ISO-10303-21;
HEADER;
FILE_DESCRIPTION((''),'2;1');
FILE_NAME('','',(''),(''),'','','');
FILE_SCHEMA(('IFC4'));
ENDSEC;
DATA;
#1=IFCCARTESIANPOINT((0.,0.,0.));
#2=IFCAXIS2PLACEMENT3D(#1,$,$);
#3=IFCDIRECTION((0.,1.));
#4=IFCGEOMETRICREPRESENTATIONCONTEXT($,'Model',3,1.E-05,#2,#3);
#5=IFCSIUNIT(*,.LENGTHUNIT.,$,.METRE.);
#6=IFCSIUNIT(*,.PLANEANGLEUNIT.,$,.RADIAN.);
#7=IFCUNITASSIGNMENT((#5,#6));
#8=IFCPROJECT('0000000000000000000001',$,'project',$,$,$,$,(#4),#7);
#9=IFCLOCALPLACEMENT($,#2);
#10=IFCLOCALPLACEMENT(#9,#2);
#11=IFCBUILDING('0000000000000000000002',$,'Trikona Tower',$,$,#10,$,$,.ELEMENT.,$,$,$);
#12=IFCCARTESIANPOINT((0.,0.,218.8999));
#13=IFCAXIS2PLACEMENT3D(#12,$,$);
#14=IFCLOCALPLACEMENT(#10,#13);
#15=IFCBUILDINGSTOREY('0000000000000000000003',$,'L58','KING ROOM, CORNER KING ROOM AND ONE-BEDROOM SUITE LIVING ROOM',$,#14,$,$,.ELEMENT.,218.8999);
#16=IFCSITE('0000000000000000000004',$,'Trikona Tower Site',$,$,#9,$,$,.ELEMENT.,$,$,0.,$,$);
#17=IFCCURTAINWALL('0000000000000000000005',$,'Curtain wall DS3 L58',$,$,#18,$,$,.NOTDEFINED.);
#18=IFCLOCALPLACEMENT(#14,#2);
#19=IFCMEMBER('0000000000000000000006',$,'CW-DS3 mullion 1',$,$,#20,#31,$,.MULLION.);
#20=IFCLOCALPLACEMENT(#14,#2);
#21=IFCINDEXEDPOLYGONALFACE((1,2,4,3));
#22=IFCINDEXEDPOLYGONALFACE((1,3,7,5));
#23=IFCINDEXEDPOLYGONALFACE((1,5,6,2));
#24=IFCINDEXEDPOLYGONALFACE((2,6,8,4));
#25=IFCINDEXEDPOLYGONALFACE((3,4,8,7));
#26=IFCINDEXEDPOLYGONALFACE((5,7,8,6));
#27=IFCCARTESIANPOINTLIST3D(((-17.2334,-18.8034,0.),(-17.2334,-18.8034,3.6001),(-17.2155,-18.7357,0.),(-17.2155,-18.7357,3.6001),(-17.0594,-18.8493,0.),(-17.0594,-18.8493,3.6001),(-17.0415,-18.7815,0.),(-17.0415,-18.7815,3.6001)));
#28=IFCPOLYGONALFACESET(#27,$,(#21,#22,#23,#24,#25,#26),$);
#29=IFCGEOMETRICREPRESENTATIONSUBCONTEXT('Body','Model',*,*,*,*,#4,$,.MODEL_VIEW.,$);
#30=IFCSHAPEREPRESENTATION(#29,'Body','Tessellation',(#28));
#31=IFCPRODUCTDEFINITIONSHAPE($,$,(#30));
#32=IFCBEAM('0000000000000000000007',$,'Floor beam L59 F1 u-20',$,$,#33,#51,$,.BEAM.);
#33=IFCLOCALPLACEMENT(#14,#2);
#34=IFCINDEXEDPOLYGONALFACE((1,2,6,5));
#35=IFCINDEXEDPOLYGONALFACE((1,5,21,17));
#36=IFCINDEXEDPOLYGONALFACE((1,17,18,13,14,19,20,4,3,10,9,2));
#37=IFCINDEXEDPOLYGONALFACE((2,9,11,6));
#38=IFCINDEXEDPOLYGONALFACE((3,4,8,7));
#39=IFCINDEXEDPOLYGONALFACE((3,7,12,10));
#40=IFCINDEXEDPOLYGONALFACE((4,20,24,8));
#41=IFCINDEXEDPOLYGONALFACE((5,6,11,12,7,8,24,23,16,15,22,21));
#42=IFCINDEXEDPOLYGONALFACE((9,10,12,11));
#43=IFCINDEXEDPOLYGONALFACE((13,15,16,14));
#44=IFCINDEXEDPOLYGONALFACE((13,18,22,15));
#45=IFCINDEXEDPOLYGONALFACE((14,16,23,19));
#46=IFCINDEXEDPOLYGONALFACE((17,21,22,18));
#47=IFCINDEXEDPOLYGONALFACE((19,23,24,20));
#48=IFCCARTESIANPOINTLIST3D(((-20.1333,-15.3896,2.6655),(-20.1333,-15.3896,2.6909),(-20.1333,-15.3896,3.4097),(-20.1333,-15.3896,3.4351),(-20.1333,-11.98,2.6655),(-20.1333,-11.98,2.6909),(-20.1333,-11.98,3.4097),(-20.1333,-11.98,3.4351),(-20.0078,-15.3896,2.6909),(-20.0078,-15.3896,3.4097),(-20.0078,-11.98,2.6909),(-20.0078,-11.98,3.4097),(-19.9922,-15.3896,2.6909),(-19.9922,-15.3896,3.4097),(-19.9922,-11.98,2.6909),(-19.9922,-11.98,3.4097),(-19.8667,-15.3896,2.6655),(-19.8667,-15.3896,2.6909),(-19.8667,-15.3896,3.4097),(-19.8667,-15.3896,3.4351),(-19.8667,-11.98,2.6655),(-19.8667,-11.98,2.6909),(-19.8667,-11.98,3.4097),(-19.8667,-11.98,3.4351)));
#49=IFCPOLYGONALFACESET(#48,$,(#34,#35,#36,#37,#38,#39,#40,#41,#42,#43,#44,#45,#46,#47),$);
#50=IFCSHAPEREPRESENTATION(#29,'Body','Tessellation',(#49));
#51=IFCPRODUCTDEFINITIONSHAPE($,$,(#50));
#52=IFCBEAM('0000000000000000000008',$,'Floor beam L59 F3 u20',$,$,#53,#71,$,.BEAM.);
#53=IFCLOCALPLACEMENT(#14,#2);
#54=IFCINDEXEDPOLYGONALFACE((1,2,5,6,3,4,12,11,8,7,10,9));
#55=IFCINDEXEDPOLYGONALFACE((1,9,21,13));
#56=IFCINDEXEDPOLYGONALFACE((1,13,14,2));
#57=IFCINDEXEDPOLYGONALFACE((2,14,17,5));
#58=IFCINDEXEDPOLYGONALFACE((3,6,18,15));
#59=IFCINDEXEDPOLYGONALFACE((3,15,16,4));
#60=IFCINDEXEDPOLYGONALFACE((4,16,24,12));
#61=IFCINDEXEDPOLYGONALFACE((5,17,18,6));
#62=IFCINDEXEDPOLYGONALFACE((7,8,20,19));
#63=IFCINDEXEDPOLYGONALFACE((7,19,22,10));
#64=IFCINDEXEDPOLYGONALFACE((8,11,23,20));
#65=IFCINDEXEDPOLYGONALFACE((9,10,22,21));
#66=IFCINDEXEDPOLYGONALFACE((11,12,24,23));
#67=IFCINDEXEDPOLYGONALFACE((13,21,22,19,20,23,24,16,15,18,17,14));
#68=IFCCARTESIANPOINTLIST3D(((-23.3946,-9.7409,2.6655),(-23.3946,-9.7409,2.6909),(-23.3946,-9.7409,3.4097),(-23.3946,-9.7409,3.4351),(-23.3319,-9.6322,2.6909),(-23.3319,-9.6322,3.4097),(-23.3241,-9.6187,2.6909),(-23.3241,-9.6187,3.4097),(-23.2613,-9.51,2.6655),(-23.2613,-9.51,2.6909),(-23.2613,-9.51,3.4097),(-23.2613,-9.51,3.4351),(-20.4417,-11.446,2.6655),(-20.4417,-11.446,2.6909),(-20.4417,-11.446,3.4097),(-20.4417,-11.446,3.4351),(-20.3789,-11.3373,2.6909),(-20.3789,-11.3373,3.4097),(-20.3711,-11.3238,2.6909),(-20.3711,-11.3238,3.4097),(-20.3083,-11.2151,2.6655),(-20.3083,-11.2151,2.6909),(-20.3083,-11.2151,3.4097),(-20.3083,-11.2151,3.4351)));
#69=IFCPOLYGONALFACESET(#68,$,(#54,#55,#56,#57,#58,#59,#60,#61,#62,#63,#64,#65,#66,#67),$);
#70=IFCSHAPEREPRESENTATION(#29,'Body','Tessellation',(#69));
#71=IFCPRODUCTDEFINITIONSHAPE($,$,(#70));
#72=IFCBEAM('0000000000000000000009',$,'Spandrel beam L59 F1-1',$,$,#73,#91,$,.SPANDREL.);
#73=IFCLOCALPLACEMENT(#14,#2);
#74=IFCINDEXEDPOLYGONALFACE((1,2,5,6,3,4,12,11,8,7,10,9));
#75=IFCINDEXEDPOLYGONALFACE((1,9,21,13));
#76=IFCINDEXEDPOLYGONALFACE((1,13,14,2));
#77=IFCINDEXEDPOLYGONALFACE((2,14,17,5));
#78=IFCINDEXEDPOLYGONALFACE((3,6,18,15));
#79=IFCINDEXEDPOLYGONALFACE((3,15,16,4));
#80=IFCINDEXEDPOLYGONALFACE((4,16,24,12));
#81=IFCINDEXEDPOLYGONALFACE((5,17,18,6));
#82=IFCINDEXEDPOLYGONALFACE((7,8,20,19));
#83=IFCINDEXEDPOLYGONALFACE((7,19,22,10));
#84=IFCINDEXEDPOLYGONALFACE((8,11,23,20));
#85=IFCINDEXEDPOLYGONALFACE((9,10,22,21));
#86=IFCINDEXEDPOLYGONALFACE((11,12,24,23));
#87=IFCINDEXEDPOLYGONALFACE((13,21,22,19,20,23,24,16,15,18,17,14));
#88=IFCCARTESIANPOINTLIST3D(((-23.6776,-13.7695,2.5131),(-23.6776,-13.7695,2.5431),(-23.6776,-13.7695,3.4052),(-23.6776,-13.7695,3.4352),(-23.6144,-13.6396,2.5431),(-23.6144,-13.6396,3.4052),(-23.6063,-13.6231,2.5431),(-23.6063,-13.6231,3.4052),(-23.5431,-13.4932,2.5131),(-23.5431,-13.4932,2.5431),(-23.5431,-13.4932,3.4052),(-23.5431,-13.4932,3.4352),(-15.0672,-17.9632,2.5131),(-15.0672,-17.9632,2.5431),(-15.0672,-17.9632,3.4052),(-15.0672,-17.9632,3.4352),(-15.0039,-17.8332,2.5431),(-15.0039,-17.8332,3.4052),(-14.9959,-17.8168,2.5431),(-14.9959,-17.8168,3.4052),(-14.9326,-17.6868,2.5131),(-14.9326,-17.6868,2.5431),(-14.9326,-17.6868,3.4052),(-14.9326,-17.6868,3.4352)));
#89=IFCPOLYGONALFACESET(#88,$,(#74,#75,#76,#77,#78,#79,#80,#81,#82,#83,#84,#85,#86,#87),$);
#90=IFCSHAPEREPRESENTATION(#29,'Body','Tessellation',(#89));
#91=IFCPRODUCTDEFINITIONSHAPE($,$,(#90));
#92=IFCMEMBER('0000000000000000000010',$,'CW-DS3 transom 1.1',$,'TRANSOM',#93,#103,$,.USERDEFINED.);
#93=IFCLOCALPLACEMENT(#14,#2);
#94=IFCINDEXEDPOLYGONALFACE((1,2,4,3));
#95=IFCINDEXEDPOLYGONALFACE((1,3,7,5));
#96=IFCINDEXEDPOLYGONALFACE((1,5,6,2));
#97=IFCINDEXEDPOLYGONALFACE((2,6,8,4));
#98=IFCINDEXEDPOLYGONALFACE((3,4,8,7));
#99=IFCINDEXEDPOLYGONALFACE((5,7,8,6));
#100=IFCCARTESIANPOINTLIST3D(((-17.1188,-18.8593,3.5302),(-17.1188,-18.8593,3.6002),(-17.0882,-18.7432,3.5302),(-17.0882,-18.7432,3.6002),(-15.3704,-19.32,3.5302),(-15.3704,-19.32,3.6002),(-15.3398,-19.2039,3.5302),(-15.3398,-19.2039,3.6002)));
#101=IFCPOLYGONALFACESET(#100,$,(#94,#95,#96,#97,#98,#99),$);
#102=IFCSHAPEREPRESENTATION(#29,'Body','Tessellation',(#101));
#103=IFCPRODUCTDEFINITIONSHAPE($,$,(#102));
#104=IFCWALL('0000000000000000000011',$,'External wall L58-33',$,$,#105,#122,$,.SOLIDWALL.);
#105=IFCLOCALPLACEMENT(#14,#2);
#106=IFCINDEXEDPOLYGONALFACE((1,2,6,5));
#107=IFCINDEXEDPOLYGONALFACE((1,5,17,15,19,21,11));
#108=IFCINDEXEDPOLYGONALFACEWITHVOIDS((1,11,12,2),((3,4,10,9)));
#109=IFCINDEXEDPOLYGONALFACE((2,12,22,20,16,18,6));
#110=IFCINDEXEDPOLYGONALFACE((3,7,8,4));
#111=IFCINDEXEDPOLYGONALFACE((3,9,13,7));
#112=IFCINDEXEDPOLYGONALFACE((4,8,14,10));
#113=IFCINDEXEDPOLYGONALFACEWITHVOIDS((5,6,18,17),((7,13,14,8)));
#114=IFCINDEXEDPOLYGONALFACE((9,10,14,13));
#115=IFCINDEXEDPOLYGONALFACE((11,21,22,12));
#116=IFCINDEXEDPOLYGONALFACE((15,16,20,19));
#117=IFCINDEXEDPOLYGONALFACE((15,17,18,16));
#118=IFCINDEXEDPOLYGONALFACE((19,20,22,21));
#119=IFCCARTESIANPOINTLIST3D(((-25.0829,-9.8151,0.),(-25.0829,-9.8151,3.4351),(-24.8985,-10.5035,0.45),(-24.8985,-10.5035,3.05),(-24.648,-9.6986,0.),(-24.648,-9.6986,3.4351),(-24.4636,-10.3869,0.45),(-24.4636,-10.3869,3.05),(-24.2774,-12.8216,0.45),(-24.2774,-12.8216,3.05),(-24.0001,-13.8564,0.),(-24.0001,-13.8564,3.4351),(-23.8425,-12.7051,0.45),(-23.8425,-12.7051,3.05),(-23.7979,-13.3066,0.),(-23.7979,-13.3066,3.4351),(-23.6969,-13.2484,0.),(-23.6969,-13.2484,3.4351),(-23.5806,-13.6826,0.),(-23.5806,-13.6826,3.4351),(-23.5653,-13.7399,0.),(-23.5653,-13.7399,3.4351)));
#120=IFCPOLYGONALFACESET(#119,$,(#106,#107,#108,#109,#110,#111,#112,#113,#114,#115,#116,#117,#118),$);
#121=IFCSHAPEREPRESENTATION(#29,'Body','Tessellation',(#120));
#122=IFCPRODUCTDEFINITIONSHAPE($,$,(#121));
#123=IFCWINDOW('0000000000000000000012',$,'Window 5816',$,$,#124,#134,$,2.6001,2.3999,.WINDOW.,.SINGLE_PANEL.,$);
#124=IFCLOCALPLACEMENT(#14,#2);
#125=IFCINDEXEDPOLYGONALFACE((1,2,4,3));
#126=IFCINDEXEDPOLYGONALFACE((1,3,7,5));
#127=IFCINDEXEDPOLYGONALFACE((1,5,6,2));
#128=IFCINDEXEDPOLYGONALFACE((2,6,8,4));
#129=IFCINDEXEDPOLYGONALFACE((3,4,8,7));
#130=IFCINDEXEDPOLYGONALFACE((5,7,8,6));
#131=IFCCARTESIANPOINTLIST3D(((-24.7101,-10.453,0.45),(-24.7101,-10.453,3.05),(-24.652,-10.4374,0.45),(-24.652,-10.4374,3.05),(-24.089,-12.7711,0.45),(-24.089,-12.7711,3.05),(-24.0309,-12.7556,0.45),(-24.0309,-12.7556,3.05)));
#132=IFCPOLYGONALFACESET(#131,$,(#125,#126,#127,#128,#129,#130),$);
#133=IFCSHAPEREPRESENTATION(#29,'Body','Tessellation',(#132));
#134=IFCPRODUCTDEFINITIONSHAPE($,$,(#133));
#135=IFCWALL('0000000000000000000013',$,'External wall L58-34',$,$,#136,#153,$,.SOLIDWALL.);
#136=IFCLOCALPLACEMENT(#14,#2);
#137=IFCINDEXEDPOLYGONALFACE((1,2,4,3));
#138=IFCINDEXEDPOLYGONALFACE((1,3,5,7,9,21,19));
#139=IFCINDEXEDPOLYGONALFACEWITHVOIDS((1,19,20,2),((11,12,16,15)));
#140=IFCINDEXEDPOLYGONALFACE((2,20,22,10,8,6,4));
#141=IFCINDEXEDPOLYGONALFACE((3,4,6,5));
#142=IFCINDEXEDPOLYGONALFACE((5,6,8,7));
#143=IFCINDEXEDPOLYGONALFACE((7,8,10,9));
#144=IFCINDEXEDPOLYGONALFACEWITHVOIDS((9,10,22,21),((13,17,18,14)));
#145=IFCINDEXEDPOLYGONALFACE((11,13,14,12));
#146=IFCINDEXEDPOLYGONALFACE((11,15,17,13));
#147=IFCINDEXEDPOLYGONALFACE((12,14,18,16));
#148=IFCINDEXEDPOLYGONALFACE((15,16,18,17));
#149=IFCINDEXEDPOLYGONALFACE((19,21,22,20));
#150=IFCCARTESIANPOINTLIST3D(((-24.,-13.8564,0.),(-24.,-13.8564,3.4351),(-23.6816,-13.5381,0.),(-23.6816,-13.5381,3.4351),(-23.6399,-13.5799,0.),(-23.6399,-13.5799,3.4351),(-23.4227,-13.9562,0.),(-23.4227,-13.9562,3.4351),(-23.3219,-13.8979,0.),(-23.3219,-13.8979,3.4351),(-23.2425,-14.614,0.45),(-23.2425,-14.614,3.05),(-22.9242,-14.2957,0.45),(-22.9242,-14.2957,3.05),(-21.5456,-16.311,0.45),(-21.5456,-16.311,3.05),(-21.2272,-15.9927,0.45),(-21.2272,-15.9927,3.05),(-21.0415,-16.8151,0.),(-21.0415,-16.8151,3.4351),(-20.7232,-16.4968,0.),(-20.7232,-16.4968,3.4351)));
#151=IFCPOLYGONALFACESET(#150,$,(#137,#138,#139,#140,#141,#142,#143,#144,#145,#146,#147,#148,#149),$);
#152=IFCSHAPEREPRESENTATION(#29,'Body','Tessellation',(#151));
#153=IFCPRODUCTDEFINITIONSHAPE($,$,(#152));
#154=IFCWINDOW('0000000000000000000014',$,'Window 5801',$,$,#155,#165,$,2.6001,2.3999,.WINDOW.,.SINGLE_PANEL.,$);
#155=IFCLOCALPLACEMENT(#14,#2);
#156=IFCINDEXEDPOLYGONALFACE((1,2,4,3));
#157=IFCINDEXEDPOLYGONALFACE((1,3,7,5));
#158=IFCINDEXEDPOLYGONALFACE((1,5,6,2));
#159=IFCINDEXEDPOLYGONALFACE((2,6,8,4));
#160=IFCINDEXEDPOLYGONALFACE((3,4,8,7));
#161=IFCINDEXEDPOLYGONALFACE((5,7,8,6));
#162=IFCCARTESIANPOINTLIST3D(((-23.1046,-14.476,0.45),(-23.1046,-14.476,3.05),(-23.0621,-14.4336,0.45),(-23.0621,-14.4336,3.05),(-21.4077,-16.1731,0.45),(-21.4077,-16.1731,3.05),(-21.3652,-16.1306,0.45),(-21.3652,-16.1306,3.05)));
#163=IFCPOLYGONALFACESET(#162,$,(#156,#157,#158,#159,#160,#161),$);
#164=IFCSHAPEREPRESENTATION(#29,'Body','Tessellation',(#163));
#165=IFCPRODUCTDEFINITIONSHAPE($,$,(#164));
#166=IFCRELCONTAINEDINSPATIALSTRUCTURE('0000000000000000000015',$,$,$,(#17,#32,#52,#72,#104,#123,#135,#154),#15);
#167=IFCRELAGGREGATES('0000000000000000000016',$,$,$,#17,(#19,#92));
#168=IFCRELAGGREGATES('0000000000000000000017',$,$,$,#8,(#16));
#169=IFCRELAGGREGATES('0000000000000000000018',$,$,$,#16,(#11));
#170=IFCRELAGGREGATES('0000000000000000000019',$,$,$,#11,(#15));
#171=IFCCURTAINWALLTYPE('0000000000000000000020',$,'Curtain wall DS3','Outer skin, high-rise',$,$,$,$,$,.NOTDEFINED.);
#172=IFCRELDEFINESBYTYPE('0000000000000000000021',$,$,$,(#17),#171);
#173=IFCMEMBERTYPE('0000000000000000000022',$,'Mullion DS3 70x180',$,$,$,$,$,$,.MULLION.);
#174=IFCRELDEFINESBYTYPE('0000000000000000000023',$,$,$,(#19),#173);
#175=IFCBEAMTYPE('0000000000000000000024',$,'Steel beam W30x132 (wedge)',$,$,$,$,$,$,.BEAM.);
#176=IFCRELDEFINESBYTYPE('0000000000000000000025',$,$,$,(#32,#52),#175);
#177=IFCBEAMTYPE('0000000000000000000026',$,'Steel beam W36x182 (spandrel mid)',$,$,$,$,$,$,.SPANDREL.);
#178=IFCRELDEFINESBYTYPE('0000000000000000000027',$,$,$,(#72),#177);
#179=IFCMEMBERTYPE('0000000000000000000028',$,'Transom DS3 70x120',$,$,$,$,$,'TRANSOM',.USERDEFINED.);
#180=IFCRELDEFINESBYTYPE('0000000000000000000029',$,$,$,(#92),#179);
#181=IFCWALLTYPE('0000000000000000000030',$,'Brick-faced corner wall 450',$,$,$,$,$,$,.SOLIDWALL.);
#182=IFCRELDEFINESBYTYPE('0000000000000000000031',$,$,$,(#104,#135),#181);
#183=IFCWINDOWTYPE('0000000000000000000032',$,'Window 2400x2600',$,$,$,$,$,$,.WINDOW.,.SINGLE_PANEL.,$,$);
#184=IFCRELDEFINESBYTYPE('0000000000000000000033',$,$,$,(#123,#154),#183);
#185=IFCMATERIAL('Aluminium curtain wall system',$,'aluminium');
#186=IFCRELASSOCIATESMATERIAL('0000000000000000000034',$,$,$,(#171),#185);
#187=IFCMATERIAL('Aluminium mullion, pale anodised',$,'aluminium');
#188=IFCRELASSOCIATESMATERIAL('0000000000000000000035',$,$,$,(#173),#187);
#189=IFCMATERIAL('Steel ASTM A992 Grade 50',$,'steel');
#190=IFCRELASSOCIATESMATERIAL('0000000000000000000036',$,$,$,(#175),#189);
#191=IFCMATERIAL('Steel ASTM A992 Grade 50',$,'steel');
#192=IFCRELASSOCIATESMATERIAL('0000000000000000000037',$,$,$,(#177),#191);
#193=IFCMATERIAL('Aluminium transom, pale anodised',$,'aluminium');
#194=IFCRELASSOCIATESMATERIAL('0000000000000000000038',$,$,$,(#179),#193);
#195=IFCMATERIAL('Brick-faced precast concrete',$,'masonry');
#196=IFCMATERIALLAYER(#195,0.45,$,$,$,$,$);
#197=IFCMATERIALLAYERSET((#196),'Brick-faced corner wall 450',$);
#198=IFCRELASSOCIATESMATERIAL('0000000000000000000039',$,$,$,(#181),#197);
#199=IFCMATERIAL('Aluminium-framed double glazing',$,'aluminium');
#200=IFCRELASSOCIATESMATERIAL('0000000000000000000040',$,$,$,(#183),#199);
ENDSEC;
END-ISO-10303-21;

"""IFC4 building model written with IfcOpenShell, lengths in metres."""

from ifc_helpers import new_model, si_unit, direction, frame, frame_2d, origin, origin_2d, place, context, subcontext, project, spatial, polyline, rectangle, i_section, outline, extrude, material, layer, layer_set, material_profile, profile_set, type_object, element, fill, aggregate, save


model = new_model("IFC4")

# Units and contexts
model_context = context("Model", 3, precision=1e-05, world=origin(), true_north=direction((0.0, 1.0)))
body_context = subcontext(model_context, "Body", "Model", "MODEL_VIEW")
ifc_project = project(units=[si_unit("LENGTHUNIT", "METRE"), si_unit("PLANEANGLEUNIT", "RADIAN")], contexts=[model_context])

# Site, building, storey
site_placement = place(None, origin())
site = spatial("IfcSite", under=ifc_project, at=site_placement, Name="Trikona Tower Site", CompositionType="ELEMENT", RefElevation=0.0)
building_placement = place(site_placement, origin())
building = spatial("IfcBuilding", under=site, at=building_placement, Name="Trikona Tower", CompositionType="ELEMENT")
storey_placement = place(building_placement, frame((0.0, 0.0, 218.8999)))
storey = spatial("IfcBuildingStorey", under=building, at=storey_placement, Name="L58", Description="KING ROOM, CORNER KING ROOM AND ONE-BEDROOM SUITE LIVING ROOM", CompositionType="ELEMENT", Elevation=218.8999)

# Curtain wall, member
ifc_material_1 = material(Name="Aluminium curtain wall system", Category="aluminium")
curtain_wall_type = type_object("IfcCurtainWallType", Name="Curtain wall DS3", Description="Outer skin, high-rise", PredefinedType="NOTDEFINED", material=ifc_material_1)
curtain_wall_placement = place(storey_placement, origin())
curtain_wall = element("IfcCurtainWall", 1, at=curtain_wall_placement, inside=storey, type_object=curtain_wall_type, Name="Curtain wall DS3 L58", PredefinedType="NOTDEFINED")
ifc_material_2 = material(Name="Aluminium mullion, pale anodised", Category="aluminium")
ifc_material_profile_1 = material_profile(ifc_material_2, rectangle(XDim=0.0701, YDim=0.1799, at=origin_2d()), Name="MUL-DS3")
ifc_profile_set_1 = profile_set([ifc_material_profile_1], Name="Aluminium mullion, pale anodised")
member_type_1 = type_object("IfcMemberType", Name="Mullion DS3 70x180", PredefinedType="MULLION", material=ifc_profile_set_1)
member_1_placement = place(storey_placement, frame((-17.1375, -18.7925, 0.0), z_axis=(0.0, 0.0, 1.0), x_axis=(0.254786, 0.966997, 0.0)))
member_1 = element("IfcMember", 2, at=member_1_placement, type_object=member_type_1, Name="CW-DS3 mullion 1", PredefinedType="MULLION", context=body_context, shape_type="SweptSolid", body=[
    extrude(rectangle(XDim=0.0701, YDim=0.1799, at=origin_2d()), origin(), (0.0, 0.0, 1.0), 3.6001),
])

# Beams
ifc_material_3 = material(Name="Steel ASTM A992 Grade 50", Category="steel")
ifc_material_profile_2 = material_profile(ifc_material_3, i_section(OverallWidth=0.2666, OverallDepth=0.7695, WebThickness=0.0156, FlangeThickness=0.0254, at=origin_2d()), Name="W30X132")
ifc_profile_set_2 = profile_set([ifc_material_profile_2], Name="Steel ASTM A992 Grade 50")
beam_type_1 = type_object("IfcBeamType", Name="Steel beam W30x132 (wedge)", PredefinedType="BEAM", material=ifc_profile_set_2)
beam_1_placement = place(storey_placement, frame((-20.0, -11.98, 3.0503), z_axis=(0.0, -1.0, 0.0), x_axis=(1.0, 0.0, 0.0)))
element("IfcBeam", 3, at=beam_1_placement, inside=storey, type_object=beam_type_1, Name="Floor beam L59 F1 u-20", PredefinedType="BEAM", context=body_context, shape_type="SweptSolid", body=[
    extrude(i_section(OverallWidth=0.2666, OverallDepth=0.7695, WebThickness=0.0156, FlangeThickness=0.0254, at=origin_2d()), origin(), (0.0, 0.0, 1.0), 3.4097),
])
beam_2_placement = place(storey_placement, frame((-20.375, -11.3306, 3.0503), z_axis=(-0.865996, 0.500051, 0.0), x_axis=(-0.500051, -0.865996, 0.0)))
element("IfcBeam", 4, at=beam_2_placement, inside=storey, type_object=beam_type_1, Name="Floor beam L59 F3 u20", PredefinedType="BEAM", context=body_context, shape_type="SweptSolid", body=[
    extrude(i_section(OverallWidth=0.2666, OverallDepth=0.7695, WebThickness=0.0156, FlangeThickness=0.0254, at=origin_2d()), origin(), (0.0, 0.0, 1.0), 3.4099),
])
ifc_material_4 = material(Name="Steel ASTM A992 Grade 50", Category="steel")
ifc_material_profile_3 = material_profile(ifc_material_4, i_section(OverallWidth=0.3074, OverallDepth=0.9221, WebThickness=0.0183, FlangeThickness=0.03, at=origin_2d()), Name="W36X182")
ifc_profile_set_3 = profile_set([ifc_material_profile_3], Name="Steel ASTM A992 Grade 50")
beam_type_2 = type_object("IfcBeamType", Name="Steel beam W36x182 (spandrel mid)", PredefinedType="SPANDREL", material=ifc_profile_set_3)
beam_3_placement = place(storey_placement, frame((-23.6104, -13.6313, 2.9741), z_axis=(0.899039, -0.43787, 0.0), x_axis=(0.43787, 0.899039, 0.0)))
element("IfcBeam", 5, at=beam_3_placement, inside=storey, type_object=beam_type_2, Name="Spandrel beam L59 F1-1", PredefinedType="SPANDREL", context=body_context, shape_type="SweptSolid", body=[
    extrude(i_section(OverallWidth=0.3074, OverallDepth=0.9221, WebThickness=0.0183, FlangeThickness=0.03, at=origin_2d()), origin(), (0.0, 0.0, 1.0), 9.5774),
])

# Member
ifc_material_5 = material(Name="Aluminium transom, pale anodised", Category="aluminium")
ifc_material_profile_4 = material_profile(ifc_material_5, rectangle(XDim=0.1201, YDim=0.0701, at=origin_2d()), Name="TRN-DS3")
ifc_profile_set_4 = profile_set([ifc_material_profile_4], Name="Aluminium transom, pale anodised")
member_type_2 = type_object("IfcMemberType", Name="Transom DS3 70x120", ElementType="TRANSOM", PredefinedType="USERDEFINED", material=ifc_profile_set_4)
member_2_placement = place(storey_placement, frame((-17.1035, -18.8013, 3.5652), z_axis=(0.966999, -0.254779, 0.0), x_axis=(0.254779, 0.966999, 0.0)))
member_2 = element("IfcMember", 6, at=member_2_placement, type_object=member_type_2, Name="CW-DS3 transom 1.1", ObjectType="TRANSOM", PredefinedType="USERDEFINED", context=body_context, shape_type="SweptSolid", body=[
    extrude(rectangle(XDim=0.1201, YDim=0.0701, at=origin_2d()), origin(), (0.0, 0.0, 1.0), 1.8081),
])
aggregate(curtain_wall, [member_1, member_2])

# Walls, openings, windows
ifc_material_6 = material(Name="Brick-faced precast concrete", Category="masonry")
ifc_layer_1 = layer(ifc_material_6, 0.45)
ifc_layer_set_1 = layer_set([ifc_layer_1], Name="Brick-faced corner wall 450")
wall_type_1 = type_object("IfcWallType", Name="Brick-faced corner wall 450", PredefinedType="SOLIDWALL", material=ifc_layer_set_1)
wall_1_placement = place(storey_placement, frame((-24.8655, -9.7568, 0.0), z_axis=(0.0, 0.0, 1.0), x_axis=(0.258799, -0.965931, 0.0)))
wall_1 = element("IfcWall", 7, at=wall_1_placement, inside=storey, type_object=wall_type_1, Name="External wall L58-33", PredefinedType="SOLIDWALL", context=body_context, shape_type="SweptSolid", body=[
    extrude(outline(polyline([(4.1838, 0.2251), (4.1245, 0.2251), (3.7051, 0.1125), (3.675, 0.2251), (0.0, 0.2251), (0.0, -0.2251), (4.1838, -0.2251), (4.1838, 0.2251)])), origin(), (0.0, 0.0, 1.0), 3.4351),
])
opening_1_placement = place(wall_1_placement, frame((0.7126, 0.0, 0.45)))
opening_1 = element("IfcOpeningElement", 8, at=opening_1_placement, cuts=wall_1, PredefinedType="OPENING", context=body_context, shape_type="SweptSolid", body=[
    extrude(rectangle(XDim=2.3999, YDim=2.6001, at=frame_2d((1.2, 1.3))), frame((0.0, 0.2349, 0.0), z_axis=(0.0, -1.0, 0.0), x_axis=(1.0, 0.0, 0.0)), (0.0, 0.0, 1.0), 0.47),
])
ifc_material_7 = material(Name="Aluminium-framed double glazing", Category="aluminium")
window_type_1 = type_object("IfcWindowType", Name="Window 2400x2600", PartitioningType="SINGLE_PANEL", PredefinedType="WINDOW", material=ifc_material_7)
window_1_placement = place(opening_1_placement, origin())
window_1 = element("IfcWindow", 9, at=window_1_placement, inside=storey, type_object=window_type_1, Name="Window 5816", OverallHeight=2.6001, OverallWidth=2.3999, PartitioningType="SINGLE_PANEL", PredefinedType="WINDOW", context=body_context, shape_type="SweptSolid", body=[
    extrude(rectangle(XDim=2.3999, YDim=2.6001, at=frame_2d((1.2, 1.3))), frame((0.0, 0.03, 0.0), z_axis=(0.0, -1.0, 0.0), x_axis=(1.0, 0.0, 0.0)), (0.0, 0.0, 1.0), 0.0601),
])
fill(opening_1, window_1)
wall_2_placement = place(storey_placement, frame((-23.8408, -13.6973, 0.0), z_axis=(0.0, 0.0, 1.0), x_axis=(0.707078, -0.707136, 0.0)))
wall_2 = element("IfcWall", 10, at=wall_2_placement, inside=storey, type_object=wall_type_1, Name="External wall L58-34", PredefinedType="SOLIDWALL", context=body_context, shape_type="SweptSolid", body=[
    extrude(outline(polyline([(4.1841, 0.2251), (0.5088, 0.2251), (0.4788, 0.1125), (0.0591, 0.2251), (0.0, 0.2251), (0.0, -0.2251), (4.1841, -0.2251), (4.1841, 0.2251)])), origin(), (0.0, 0.0, 1.0), 3.4351),
])
opening_2_placement = place(wall_2_placement, frame((1.0713, 0.0, 0.45)))
opening_2 = element("IfcOpeningElement", 11, at=opening_2_placement, cuts=wall_2, PredefinedType="OPENING", context=body_context, shape_type="SweptSolid", body=[
    extrude(rectangle(XDim=2.3999, YDim=2.6001, at=frame_2d((1.2, 1.3))), frame((0.0, 0.2349, 0.0), z_axis=(0.0, -1.0, 0.0), x_axis=(1.0, 0.0, 0.0)), (0.0, 0.0, 1.0), 0.47),
])
window_2_placement = place(opening_2_placement, origin())
window_2 = element("IfcWindow", 12, at=window_2_placement, inside=storey, type_object=window_type_1, Name="Window 5801", OverallHeight=2.6001, OverallWidth=2.3999, PartitioningType="SINGLE_PANEL", PredefinedType="WINDOW", context=body_context, shape_type="SweptSolid", body=[
    extrude(rectangle(XDim=2.3999, YDim=2.6001, at=frame_2d((1.2, 1.3))), frame((0.0, 0.03, 0.0), z_axis=(0.0, -1.0, 0.0), x_axis=(1.0, 0.0, 0.0)), (0.0, 0.0, 1.0), 0.0601),
])
fill(opening_2, window_2)

save(model, "model.ifc")
